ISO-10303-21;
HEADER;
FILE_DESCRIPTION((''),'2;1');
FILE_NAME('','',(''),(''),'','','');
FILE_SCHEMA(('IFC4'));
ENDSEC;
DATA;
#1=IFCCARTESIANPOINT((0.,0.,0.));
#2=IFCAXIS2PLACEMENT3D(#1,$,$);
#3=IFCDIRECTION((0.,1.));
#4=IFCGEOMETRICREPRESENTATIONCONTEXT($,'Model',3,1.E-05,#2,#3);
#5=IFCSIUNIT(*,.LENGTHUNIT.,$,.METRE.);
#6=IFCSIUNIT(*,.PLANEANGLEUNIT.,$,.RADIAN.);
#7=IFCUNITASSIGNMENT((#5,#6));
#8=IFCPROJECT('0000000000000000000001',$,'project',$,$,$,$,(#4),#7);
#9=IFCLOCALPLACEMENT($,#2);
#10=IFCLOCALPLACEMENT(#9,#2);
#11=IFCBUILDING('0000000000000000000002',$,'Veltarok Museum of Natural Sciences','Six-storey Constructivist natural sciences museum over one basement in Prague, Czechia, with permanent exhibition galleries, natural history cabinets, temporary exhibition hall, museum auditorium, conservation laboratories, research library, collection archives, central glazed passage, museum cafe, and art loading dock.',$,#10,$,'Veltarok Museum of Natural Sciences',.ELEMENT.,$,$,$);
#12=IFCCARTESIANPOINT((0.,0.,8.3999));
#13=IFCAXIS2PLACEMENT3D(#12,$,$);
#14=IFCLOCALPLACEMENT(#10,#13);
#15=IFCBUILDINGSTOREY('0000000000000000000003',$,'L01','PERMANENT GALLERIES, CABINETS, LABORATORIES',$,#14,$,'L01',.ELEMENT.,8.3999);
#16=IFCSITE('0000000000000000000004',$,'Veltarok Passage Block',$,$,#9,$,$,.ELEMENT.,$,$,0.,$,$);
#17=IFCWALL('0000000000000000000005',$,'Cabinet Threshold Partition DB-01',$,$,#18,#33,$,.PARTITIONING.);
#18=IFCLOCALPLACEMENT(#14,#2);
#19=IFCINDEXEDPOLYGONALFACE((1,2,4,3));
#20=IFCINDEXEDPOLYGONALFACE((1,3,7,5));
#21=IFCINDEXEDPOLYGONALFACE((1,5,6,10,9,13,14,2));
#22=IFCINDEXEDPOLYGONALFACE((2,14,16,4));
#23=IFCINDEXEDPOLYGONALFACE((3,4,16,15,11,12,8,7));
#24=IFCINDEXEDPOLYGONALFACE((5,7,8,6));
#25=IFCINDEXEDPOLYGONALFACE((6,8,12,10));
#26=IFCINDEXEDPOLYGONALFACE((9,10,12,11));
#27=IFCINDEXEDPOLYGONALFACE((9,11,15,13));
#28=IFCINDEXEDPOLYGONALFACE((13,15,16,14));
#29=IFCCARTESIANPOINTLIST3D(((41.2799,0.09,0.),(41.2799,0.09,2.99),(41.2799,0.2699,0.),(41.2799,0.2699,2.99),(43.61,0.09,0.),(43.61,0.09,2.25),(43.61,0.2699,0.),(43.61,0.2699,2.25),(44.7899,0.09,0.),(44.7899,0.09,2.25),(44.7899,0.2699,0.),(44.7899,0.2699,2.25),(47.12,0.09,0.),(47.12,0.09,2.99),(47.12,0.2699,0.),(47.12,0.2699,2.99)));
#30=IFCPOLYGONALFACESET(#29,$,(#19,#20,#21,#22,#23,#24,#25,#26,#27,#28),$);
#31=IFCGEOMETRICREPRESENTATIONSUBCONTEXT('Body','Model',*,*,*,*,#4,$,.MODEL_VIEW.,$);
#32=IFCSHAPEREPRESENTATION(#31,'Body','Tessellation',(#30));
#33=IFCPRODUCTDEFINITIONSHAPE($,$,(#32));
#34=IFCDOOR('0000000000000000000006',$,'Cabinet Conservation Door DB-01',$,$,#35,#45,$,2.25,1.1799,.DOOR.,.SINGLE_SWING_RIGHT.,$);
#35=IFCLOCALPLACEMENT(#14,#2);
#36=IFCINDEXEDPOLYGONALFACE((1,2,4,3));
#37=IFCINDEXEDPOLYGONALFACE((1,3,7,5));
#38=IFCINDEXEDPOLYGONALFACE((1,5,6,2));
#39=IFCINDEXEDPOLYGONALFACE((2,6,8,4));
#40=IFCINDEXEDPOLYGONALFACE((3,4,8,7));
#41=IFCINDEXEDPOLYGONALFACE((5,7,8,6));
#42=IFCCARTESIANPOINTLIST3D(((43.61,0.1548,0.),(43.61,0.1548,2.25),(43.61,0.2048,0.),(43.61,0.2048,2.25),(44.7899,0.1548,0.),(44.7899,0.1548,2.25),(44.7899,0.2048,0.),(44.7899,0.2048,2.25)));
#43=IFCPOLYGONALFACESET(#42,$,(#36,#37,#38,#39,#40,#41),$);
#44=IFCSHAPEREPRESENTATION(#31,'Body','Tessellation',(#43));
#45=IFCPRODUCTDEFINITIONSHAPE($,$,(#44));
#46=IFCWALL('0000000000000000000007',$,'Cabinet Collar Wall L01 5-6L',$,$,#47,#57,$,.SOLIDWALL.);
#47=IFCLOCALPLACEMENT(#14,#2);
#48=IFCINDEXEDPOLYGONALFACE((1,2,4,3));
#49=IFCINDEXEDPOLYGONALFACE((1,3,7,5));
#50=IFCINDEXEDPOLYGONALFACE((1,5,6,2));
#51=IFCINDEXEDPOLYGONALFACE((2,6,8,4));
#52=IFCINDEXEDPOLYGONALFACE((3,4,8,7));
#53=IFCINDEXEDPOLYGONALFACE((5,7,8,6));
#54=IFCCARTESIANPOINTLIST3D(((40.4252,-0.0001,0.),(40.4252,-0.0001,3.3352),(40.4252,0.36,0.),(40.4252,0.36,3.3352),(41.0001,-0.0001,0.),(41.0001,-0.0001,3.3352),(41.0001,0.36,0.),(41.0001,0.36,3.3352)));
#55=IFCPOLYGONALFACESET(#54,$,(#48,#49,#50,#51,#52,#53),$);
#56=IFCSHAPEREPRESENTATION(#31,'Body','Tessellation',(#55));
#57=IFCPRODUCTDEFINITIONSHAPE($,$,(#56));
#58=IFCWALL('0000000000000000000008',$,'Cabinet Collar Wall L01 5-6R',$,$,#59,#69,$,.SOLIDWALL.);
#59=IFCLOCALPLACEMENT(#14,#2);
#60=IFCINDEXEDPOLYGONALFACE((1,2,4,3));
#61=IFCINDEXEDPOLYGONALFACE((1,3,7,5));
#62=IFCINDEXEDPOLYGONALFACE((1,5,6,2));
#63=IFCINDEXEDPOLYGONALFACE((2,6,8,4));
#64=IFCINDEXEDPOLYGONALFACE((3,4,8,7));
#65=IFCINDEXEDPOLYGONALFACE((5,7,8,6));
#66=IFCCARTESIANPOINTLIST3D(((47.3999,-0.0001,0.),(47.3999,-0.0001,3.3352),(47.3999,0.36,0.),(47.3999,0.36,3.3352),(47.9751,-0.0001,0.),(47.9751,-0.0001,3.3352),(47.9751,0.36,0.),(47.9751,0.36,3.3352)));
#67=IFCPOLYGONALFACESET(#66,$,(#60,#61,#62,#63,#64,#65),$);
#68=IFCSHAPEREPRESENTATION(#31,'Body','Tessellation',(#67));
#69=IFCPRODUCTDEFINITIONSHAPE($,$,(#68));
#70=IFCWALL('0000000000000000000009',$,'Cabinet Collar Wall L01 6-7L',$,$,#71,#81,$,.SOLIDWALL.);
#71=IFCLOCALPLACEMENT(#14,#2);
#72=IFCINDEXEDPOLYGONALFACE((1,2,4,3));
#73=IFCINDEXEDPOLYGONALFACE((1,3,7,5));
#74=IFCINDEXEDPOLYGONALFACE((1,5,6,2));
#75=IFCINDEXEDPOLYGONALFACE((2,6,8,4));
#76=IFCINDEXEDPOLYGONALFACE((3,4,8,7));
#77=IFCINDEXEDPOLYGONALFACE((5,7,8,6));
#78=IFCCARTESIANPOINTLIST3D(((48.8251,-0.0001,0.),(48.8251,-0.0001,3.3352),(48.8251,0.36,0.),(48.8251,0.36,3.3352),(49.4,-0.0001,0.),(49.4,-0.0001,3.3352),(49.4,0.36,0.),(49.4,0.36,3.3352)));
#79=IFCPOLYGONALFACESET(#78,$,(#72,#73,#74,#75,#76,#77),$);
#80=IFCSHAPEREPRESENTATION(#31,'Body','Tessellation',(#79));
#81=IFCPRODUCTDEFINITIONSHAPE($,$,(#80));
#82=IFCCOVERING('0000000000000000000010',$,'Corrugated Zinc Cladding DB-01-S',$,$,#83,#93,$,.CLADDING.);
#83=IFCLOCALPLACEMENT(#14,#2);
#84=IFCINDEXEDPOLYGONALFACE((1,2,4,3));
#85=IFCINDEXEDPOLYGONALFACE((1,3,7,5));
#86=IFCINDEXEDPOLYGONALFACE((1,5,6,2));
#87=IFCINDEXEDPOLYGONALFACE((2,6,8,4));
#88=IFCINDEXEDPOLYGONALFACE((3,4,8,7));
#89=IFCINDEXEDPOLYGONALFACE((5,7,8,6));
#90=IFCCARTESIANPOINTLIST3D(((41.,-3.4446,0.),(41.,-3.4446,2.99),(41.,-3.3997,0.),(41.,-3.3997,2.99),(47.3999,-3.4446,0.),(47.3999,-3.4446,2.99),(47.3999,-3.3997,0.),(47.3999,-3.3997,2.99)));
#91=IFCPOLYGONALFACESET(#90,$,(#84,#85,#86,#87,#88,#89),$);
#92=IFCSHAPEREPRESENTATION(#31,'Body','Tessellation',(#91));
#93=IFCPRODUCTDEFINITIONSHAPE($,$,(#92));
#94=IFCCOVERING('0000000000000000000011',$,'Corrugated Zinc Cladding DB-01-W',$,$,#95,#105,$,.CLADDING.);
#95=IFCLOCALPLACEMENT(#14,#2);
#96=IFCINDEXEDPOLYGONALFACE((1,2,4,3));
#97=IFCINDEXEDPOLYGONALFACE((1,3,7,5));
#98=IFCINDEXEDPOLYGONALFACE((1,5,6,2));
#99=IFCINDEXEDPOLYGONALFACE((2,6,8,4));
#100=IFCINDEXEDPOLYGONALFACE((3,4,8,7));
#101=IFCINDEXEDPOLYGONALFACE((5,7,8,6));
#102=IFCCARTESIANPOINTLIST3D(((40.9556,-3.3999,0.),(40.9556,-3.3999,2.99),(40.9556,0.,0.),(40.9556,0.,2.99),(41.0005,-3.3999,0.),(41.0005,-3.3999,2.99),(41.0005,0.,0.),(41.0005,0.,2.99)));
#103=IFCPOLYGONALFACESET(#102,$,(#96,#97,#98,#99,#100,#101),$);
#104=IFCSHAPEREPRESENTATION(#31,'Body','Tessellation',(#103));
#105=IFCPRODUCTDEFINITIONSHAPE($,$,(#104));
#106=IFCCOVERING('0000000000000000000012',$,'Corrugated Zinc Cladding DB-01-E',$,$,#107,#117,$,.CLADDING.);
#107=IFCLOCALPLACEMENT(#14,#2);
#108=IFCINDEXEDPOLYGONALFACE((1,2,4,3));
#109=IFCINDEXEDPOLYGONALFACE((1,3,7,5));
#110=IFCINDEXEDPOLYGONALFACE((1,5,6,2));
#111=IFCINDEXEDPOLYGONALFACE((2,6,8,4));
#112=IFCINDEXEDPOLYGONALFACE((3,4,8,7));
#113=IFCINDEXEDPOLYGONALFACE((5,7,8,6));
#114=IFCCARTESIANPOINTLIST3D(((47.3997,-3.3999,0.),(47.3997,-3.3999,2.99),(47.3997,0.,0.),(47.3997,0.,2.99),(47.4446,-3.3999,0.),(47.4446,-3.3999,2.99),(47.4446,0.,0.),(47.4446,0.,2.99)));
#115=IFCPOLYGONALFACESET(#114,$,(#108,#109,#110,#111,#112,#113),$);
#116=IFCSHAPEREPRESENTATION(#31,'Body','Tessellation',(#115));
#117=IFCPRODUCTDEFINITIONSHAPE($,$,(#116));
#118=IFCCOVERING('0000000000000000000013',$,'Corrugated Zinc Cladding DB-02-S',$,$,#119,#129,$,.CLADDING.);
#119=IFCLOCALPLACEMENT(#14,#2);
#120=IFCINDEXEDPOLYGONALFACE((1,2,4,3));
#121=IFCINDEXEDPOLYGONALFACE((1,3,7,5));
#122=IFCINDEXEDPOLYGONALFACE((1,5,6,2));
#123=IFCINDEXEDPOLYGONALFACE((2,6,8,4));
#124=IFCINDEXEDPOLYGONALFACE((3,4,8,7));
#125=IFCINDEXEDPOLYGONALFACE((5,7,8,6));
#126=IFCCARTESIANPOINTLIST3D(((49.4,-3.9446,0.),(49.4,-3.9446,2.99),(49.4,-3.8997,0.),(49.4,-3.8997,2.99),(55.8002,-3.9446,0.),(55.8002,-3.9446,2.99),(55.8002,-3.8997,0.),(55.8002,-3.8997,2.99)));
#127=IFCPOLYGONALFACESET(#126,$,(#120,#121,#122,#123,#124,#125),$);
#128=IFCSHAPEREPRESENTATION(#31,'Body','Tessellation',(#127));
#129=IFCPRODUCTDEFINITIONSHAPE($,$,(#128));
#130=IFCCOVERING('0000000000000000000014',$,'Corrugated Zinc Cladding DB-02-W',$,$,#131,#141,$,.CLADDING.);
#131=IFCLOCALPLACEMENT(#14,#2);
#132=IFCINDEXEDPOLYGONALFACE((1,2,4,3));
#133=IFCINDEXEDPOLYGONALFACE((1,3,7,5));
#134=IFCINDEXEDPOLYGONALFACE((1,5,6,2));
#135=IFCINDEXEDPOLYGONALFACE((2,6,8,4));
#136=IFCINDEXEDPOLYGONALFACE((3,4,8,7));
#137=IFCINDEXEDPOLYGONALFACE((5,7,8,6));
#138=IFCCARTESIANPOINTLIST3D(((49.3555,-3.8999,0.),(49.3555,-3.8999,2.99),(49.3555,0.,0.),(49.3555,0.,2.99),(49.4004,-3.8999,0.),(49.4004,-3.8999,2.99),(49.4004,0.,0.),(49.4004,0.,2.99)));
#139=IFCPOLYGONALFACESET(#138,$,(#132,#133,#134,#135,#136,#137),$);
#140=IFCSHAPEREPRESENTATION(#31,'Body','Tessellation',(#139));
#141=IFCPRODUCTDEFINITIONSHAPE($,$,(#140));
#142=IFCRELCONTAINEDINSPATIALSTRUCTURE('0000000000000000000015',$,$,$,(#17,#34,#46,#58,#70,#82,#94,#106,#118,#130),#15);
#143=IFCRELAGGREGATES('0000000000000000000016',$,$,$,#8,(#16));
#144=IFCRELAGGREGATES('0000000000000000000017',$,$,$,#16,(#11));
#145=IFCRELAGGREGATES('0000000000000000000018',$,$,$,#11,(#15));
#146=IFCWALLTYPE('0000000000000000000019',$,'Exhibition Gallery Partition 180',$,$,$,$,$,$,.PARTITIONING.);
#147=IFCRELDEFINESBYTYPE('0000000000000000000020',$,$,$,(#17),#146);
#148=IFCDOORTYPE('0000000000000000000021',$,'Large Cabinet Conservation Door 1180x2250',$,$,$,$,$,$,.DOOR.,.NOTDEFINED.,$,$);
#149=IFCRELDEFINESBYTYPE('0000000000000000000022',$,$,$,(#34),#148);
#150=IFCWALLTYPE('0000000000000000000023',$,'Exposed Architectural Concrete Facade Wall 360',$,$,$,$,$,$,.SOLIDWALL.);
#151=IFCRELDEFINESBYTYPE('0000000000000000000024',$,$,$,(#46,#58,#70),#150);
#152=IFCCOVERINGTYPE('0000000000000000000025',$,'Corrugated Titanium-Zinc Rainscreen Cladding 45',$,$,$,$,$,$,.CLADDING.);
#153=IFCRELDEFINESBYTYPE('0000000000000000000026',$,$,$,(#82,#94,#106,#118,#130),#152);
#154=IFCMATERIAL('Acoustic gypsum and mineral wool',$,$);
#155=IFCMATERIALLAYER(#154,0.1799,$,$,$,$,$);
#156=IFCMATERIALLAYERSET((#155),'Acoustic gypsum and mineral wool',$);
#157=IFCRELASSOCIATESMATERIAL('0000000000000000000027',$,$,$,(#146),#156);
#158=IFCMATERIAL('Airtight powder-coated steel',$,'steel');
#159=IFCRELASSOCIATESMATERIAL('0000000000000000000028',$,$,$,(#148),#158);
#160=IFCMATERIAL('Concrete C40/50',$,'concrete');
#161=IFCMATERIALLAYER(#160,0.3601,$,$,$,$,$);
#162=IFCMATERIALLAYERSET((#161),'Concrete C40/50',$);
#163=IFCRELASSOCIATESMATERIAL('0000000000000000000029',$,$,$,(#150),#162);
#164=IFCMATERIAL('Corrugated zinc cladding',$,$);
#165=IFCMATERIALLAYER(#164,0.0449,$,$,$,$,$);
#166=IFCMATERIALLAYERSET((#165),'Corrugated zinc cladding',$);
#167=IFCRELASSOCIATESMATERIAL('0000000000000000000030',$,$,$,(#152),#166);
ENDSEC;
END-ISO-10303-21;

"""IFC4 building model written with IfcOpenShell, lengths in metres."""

from ifc_helpers import new_model, si_unit, direction, frame, frame_2d, origin, place, context, subcontext, project, spatial, rectangle, extrude, material, layer, layer_set, type_object, element, fill, save


model = new_model("IFC4")

# Units and contexts
model_context = context("Model", 3, precision=1e-05, world=origin(), true_north=direction((0.0, 1.0)))
body_context = subcontext(model_context, "Body", "Model", "MODEL_VIEW")
ifc_project = project(units=[si_unit("LENGTHUNIT", "METRE"), si_unit("PLANEANGLEUNIT", "RADIAN")], contexts=[model_context])

# Site, building, storey
site_placement = place(None, origin())
site = spatial("IfcSite", under=ifc_project, at=site_placement, Name="Veltarok Passage Block", CompositionType="ELEMENT", RefElevation=0.0)
building_placement = place(site_placement, origin())
building = spatial("IfcBuilding", under=site, at=building_placement, Name="Veltarok Museum of Natural Sciences", Description="Six-storey Constructivist natural sciences museum over one basement in Prague, Czechia, with permanent exhibition galleries, natural history cabinets, temporary exhibition hall, museum auditorium, conservation laboratories, research library, collection archives, central glazed passage, museum cafe, and art loading dock.", LongName="Veltarok Museum of Natural Sciences", CompositionType="ELEMENT")
storey_placement = place(building_placement, frame((0.0, 0.0, 8.3999)))
storey = spatial("IfcBuildingStorey", under=building, at=storey_placement, Name="L01", Description="PERMANENT GALLERIES, CABINETS, LABORATORIES", LongName="L01", CompositionType="ELEMENT", Elevation=8.3999)

# Shared definitions
ifc_material_1 = material(Name="Concrete C40/50", Category="concrete")

# Wall, opening, door
ifc_material_2 = material(Name="Acoustic gypsum and mineral wool")
ifc_layer_1 = layer(ifc_material_2, 0.1799)
ifc_layer_set_1 = layer_set([ifc_layer_1], Name="Acoustic gypsum and mineral wool")
wall_type_1 = type_object("IfcWallType", Name="Exhibition Gallery Partition 180", PredefinedType="PARTITIONING", material=ifc_layer_set_1)
wall_1_placement = place(storey_placement, frame((41.28, 0.1799, 0.0), z_axis=(0.0, 0.0, 1.0), x_axis=(1.0, 0.0, 0.0)))
wall_1 = element("IfcWall", 1, at=wall_1_placement, inside=storey, type_object=wall_type_1, Name="Cabinet Threshold Partition DB-01", PredefinedType="PARTITIONING", context=body_context, shape_type="SweptSolid", body=[
    extrude(rectangle(XDim=5.8401, YDim=0.1799, at=frame_2d((2.9199, 0.0))), origin(), (0.0, 0.0, 1.0), 2.99),
])
opening_placement = place(wall_1_placement, frame((2.3301, 0.0, 0.0)))
opening = element("IfcOpeningElement", 2, at=opening_placement, cuts=wall_1, PredefinedType="OPENING", context=body_context, shape_type="SweptSolid", body=[
    extrude(rectangle(XDim=1.1799, YDim=2.25, at=frame_2d((0.5898, 1.125))), frame((0.0, 0.1001, 0.0), z_axis=(0.0, -1.0, 0.0), x_axis=(1.0, 0.0, 0.0)), (0.0, 0.0, 1.0), 0.2),
])
ifc_material_3 = material(Name="Airtight powder-coated steel", Category="steel")
door_type = type_object("IfcDoorType", Name="Large Cabinet Conservation Door 1180x2250", OperationType="NOTDEFINED", PredefinedType="DOOR", material=ifc_material_3)
door_placement = place(opening_placement, origin())
door = element("IfcDoor", 3, at=door_placement, inside=storey, type_object=door_type, Name="Cabinet Conservation Door DB-01", OperationType="SINGLE_SWING_RIGHT", OverallHeight=2.25, OverallWidth=1.1799, PredefinedType="DOOR", context=body_context, shape_type="SweptSolid", body=[
    extrude(rectangle(XDim=1.1799, YDim=2.25, at=frame_2d((0.5898, 1.125))), frame((0.0, 0.0249, 0.0), z_axis=(0.0, -1.0, 0.0), x_axis=(1.0, 0.0, 0.0)), (0.0, 0.0, 1.0), 0.05),
])
fill(opening, door)

# Walls
ifc_layer_2 = layer(ifc_material_1, 0.3601)
ifc_layer_set_2 = layer_set([ifc_layer_2], Name="Concrete C40/50")
wall_type_2 = type_object("IfcWallType", Name="Exposed Architectural Concrete Facade Wall 360", PredefinedType="SOLIDWALL", material=ifc_layer_set_2)
wall_2_placement = place(storey_placement, frame((40.425, 0.1799, 0.0), z_axis=(0.0, 0.0, 1.0), x_axis=(1.0, 0.0, 0.0)))
element("IfcWall", 4, at=wall_2_placement, inside=storey, type_object=wall_type_2, Name="Cabinet Collar Wall L01 5-6L", PredefinedType="SOLIDWALL", context=body_context, shape_type="SweptSolid", body=[
    extrude(rectangle(XDim=0.575, YDim=0.3601, at=frame_2d((0.2876, 0.0))), origin(), (0.0, 0.0, 1.0), 3.3352),
])
wall_3_placement = place(storey_placement, frame((47.3999, 0.1799, 0.0), z_axis=(0.0, 0.0, 1.0), x_axis=(1.0, 0.0, 0.0)))
element("IfcWall", 5, at=wall_3_placement, inside=storey, type_object=wall_type_2, Name="Cabinet Collar Wall L01 5-6R", PredefinedType="SOLIDWALL", context=body_context, shape_type="SweptSolid", body=[
    extrude(rectangle(XDim=0.5752, YDim=0.3601, at=frame_2d((0.2876, 0.0))), origin(), (0.0, 0.0, 1.0), 3.3352),
])
wall_4_placement = place(storey_placement, frame((48.825, 0.1799, 0.0), z_axis=(0.0, 0.0, 1.0), x_axis=(1.0, 0.0, 0.0)))
element("IfcWall", 6, at=wall_4_placement, inside=storey, type_object=wall_type_2, Name="Cabinet Collar Wall L01 6-7L", PredefinedType="SOLIDWALL", context=body_context, shape_type="SweptSolid", body=[
    extrude(rectangle(XDim=0.575, YDim=0.3601, at=frame_2d((0.2876, 0.0))), origin(), (0.0, 0.0, 1.0), 3.3352),
])

# Coverings
ifc_material_4 = material(Name="Corrugated zinc cladding")
ifc_layer_3 = layer(ifc_material_4, 0.0449)
ifc_layer_set_3 = layer_set([ifc_layer_3], Name="Corrugated zinc cladding")
covering_type = type_object("IfcCoveringType", Name="Corrugated Titanium-Zinc Rainscreen Cladding 45", PredefinedType="CLADDING", material=ifc_layer_set_3)
covering_1_placement = place(storey_placement, frame((41.0, -3.4221, 0.0), z_axis=(0.0, 0.0, 1.0), x_axis=(1.0, 0.0, 0.0)))
element("IfcCovering", 7, at=covering_1_placement, inside=storey, type_object=covering_type, Name="Corrugated Zinc Cladding DB-01-S", PredefinedType="CLADDING", context=body_context, shape_type="SweptSolid", body=[
    extrude(rectangle(XDim=6.3999, YDim=0.0449, at=frame_2d((3.2, 0.0))), origin(), (0.0, 0.0, 1.0), 2.99),
])
for number, where, z_axis, x_axis, name in (
    (8, (40.978, 0.0, 0.0), (0.0, 0.0, 1.0), (0.0, -1.0, 0.0), "Corrugated Zinc Cladding DB-01-W"),
    (9, (47.4221, -3.3999, 0.0), (0.0, 0.0, 1.0), (0.0, 1.0, 0.0), "Corrugated Zinc Cladding DB-01-E"),
):
    element("IfcCovering", number, at=place(storey_placement, frame(where, z_axis=z_axis, x_axis=x_axis)), inside=storey, type_object=covering_type, Name=name, PredefinedType="CLADDING", context=body_context, shape_type="SweptSolid", body=[
        extrude(rectangle(XDim=3.3999, YDim=0.0449, at=frame_2d((1.7, 0.0))), origin(), (0.0, 0.0, 1.0), 2.99),
    ])
covering_2_placement = place(storey_placement, frame((49.3999, -3.9221, 0.0), z_axis=(0.0, 0.0, 1.0), x_axis=(1.0, 0.0, 0.0)))
element("IfcCovering", 10, at=covering_2_placement, inside=storey, type_object=covering_type, Name="Corrugated Zinc Cladding DB-02-S", PredefinedType="CLADDING", context=body_context, shape_type="SweptSolid", body=[
    extrude(rectangle(XDim=6.4001, YDim=0.0449, at=frame_2d((3.2002, 0.0))), origin(), (0.0, 0.0, 1.0), 2.99),
])
covering_3_placement = place(storey_placement, frame((49.3779, 0.0, 0.0), z_axis=(0.0, 0.0, 1.0), x_axis=(0.0, -1.0, 0.0)))
element("IfcCovering", 11, at=covering_3_placement, inside=storey, type_object=covering_type, Name="Corrugated Zinc Cladding DB-02-W", PredefinedType="CLADDING", context=body_context, shape_type="SweptSolid", body=[
    extrude(rectangle(XDim=3.8999, YDim=0.0449, at=frame_2d((1.95, 0.0))), origin(), (0.0, 0.0, 1.0), 2.99),
])

save(model, "model.ifc")
